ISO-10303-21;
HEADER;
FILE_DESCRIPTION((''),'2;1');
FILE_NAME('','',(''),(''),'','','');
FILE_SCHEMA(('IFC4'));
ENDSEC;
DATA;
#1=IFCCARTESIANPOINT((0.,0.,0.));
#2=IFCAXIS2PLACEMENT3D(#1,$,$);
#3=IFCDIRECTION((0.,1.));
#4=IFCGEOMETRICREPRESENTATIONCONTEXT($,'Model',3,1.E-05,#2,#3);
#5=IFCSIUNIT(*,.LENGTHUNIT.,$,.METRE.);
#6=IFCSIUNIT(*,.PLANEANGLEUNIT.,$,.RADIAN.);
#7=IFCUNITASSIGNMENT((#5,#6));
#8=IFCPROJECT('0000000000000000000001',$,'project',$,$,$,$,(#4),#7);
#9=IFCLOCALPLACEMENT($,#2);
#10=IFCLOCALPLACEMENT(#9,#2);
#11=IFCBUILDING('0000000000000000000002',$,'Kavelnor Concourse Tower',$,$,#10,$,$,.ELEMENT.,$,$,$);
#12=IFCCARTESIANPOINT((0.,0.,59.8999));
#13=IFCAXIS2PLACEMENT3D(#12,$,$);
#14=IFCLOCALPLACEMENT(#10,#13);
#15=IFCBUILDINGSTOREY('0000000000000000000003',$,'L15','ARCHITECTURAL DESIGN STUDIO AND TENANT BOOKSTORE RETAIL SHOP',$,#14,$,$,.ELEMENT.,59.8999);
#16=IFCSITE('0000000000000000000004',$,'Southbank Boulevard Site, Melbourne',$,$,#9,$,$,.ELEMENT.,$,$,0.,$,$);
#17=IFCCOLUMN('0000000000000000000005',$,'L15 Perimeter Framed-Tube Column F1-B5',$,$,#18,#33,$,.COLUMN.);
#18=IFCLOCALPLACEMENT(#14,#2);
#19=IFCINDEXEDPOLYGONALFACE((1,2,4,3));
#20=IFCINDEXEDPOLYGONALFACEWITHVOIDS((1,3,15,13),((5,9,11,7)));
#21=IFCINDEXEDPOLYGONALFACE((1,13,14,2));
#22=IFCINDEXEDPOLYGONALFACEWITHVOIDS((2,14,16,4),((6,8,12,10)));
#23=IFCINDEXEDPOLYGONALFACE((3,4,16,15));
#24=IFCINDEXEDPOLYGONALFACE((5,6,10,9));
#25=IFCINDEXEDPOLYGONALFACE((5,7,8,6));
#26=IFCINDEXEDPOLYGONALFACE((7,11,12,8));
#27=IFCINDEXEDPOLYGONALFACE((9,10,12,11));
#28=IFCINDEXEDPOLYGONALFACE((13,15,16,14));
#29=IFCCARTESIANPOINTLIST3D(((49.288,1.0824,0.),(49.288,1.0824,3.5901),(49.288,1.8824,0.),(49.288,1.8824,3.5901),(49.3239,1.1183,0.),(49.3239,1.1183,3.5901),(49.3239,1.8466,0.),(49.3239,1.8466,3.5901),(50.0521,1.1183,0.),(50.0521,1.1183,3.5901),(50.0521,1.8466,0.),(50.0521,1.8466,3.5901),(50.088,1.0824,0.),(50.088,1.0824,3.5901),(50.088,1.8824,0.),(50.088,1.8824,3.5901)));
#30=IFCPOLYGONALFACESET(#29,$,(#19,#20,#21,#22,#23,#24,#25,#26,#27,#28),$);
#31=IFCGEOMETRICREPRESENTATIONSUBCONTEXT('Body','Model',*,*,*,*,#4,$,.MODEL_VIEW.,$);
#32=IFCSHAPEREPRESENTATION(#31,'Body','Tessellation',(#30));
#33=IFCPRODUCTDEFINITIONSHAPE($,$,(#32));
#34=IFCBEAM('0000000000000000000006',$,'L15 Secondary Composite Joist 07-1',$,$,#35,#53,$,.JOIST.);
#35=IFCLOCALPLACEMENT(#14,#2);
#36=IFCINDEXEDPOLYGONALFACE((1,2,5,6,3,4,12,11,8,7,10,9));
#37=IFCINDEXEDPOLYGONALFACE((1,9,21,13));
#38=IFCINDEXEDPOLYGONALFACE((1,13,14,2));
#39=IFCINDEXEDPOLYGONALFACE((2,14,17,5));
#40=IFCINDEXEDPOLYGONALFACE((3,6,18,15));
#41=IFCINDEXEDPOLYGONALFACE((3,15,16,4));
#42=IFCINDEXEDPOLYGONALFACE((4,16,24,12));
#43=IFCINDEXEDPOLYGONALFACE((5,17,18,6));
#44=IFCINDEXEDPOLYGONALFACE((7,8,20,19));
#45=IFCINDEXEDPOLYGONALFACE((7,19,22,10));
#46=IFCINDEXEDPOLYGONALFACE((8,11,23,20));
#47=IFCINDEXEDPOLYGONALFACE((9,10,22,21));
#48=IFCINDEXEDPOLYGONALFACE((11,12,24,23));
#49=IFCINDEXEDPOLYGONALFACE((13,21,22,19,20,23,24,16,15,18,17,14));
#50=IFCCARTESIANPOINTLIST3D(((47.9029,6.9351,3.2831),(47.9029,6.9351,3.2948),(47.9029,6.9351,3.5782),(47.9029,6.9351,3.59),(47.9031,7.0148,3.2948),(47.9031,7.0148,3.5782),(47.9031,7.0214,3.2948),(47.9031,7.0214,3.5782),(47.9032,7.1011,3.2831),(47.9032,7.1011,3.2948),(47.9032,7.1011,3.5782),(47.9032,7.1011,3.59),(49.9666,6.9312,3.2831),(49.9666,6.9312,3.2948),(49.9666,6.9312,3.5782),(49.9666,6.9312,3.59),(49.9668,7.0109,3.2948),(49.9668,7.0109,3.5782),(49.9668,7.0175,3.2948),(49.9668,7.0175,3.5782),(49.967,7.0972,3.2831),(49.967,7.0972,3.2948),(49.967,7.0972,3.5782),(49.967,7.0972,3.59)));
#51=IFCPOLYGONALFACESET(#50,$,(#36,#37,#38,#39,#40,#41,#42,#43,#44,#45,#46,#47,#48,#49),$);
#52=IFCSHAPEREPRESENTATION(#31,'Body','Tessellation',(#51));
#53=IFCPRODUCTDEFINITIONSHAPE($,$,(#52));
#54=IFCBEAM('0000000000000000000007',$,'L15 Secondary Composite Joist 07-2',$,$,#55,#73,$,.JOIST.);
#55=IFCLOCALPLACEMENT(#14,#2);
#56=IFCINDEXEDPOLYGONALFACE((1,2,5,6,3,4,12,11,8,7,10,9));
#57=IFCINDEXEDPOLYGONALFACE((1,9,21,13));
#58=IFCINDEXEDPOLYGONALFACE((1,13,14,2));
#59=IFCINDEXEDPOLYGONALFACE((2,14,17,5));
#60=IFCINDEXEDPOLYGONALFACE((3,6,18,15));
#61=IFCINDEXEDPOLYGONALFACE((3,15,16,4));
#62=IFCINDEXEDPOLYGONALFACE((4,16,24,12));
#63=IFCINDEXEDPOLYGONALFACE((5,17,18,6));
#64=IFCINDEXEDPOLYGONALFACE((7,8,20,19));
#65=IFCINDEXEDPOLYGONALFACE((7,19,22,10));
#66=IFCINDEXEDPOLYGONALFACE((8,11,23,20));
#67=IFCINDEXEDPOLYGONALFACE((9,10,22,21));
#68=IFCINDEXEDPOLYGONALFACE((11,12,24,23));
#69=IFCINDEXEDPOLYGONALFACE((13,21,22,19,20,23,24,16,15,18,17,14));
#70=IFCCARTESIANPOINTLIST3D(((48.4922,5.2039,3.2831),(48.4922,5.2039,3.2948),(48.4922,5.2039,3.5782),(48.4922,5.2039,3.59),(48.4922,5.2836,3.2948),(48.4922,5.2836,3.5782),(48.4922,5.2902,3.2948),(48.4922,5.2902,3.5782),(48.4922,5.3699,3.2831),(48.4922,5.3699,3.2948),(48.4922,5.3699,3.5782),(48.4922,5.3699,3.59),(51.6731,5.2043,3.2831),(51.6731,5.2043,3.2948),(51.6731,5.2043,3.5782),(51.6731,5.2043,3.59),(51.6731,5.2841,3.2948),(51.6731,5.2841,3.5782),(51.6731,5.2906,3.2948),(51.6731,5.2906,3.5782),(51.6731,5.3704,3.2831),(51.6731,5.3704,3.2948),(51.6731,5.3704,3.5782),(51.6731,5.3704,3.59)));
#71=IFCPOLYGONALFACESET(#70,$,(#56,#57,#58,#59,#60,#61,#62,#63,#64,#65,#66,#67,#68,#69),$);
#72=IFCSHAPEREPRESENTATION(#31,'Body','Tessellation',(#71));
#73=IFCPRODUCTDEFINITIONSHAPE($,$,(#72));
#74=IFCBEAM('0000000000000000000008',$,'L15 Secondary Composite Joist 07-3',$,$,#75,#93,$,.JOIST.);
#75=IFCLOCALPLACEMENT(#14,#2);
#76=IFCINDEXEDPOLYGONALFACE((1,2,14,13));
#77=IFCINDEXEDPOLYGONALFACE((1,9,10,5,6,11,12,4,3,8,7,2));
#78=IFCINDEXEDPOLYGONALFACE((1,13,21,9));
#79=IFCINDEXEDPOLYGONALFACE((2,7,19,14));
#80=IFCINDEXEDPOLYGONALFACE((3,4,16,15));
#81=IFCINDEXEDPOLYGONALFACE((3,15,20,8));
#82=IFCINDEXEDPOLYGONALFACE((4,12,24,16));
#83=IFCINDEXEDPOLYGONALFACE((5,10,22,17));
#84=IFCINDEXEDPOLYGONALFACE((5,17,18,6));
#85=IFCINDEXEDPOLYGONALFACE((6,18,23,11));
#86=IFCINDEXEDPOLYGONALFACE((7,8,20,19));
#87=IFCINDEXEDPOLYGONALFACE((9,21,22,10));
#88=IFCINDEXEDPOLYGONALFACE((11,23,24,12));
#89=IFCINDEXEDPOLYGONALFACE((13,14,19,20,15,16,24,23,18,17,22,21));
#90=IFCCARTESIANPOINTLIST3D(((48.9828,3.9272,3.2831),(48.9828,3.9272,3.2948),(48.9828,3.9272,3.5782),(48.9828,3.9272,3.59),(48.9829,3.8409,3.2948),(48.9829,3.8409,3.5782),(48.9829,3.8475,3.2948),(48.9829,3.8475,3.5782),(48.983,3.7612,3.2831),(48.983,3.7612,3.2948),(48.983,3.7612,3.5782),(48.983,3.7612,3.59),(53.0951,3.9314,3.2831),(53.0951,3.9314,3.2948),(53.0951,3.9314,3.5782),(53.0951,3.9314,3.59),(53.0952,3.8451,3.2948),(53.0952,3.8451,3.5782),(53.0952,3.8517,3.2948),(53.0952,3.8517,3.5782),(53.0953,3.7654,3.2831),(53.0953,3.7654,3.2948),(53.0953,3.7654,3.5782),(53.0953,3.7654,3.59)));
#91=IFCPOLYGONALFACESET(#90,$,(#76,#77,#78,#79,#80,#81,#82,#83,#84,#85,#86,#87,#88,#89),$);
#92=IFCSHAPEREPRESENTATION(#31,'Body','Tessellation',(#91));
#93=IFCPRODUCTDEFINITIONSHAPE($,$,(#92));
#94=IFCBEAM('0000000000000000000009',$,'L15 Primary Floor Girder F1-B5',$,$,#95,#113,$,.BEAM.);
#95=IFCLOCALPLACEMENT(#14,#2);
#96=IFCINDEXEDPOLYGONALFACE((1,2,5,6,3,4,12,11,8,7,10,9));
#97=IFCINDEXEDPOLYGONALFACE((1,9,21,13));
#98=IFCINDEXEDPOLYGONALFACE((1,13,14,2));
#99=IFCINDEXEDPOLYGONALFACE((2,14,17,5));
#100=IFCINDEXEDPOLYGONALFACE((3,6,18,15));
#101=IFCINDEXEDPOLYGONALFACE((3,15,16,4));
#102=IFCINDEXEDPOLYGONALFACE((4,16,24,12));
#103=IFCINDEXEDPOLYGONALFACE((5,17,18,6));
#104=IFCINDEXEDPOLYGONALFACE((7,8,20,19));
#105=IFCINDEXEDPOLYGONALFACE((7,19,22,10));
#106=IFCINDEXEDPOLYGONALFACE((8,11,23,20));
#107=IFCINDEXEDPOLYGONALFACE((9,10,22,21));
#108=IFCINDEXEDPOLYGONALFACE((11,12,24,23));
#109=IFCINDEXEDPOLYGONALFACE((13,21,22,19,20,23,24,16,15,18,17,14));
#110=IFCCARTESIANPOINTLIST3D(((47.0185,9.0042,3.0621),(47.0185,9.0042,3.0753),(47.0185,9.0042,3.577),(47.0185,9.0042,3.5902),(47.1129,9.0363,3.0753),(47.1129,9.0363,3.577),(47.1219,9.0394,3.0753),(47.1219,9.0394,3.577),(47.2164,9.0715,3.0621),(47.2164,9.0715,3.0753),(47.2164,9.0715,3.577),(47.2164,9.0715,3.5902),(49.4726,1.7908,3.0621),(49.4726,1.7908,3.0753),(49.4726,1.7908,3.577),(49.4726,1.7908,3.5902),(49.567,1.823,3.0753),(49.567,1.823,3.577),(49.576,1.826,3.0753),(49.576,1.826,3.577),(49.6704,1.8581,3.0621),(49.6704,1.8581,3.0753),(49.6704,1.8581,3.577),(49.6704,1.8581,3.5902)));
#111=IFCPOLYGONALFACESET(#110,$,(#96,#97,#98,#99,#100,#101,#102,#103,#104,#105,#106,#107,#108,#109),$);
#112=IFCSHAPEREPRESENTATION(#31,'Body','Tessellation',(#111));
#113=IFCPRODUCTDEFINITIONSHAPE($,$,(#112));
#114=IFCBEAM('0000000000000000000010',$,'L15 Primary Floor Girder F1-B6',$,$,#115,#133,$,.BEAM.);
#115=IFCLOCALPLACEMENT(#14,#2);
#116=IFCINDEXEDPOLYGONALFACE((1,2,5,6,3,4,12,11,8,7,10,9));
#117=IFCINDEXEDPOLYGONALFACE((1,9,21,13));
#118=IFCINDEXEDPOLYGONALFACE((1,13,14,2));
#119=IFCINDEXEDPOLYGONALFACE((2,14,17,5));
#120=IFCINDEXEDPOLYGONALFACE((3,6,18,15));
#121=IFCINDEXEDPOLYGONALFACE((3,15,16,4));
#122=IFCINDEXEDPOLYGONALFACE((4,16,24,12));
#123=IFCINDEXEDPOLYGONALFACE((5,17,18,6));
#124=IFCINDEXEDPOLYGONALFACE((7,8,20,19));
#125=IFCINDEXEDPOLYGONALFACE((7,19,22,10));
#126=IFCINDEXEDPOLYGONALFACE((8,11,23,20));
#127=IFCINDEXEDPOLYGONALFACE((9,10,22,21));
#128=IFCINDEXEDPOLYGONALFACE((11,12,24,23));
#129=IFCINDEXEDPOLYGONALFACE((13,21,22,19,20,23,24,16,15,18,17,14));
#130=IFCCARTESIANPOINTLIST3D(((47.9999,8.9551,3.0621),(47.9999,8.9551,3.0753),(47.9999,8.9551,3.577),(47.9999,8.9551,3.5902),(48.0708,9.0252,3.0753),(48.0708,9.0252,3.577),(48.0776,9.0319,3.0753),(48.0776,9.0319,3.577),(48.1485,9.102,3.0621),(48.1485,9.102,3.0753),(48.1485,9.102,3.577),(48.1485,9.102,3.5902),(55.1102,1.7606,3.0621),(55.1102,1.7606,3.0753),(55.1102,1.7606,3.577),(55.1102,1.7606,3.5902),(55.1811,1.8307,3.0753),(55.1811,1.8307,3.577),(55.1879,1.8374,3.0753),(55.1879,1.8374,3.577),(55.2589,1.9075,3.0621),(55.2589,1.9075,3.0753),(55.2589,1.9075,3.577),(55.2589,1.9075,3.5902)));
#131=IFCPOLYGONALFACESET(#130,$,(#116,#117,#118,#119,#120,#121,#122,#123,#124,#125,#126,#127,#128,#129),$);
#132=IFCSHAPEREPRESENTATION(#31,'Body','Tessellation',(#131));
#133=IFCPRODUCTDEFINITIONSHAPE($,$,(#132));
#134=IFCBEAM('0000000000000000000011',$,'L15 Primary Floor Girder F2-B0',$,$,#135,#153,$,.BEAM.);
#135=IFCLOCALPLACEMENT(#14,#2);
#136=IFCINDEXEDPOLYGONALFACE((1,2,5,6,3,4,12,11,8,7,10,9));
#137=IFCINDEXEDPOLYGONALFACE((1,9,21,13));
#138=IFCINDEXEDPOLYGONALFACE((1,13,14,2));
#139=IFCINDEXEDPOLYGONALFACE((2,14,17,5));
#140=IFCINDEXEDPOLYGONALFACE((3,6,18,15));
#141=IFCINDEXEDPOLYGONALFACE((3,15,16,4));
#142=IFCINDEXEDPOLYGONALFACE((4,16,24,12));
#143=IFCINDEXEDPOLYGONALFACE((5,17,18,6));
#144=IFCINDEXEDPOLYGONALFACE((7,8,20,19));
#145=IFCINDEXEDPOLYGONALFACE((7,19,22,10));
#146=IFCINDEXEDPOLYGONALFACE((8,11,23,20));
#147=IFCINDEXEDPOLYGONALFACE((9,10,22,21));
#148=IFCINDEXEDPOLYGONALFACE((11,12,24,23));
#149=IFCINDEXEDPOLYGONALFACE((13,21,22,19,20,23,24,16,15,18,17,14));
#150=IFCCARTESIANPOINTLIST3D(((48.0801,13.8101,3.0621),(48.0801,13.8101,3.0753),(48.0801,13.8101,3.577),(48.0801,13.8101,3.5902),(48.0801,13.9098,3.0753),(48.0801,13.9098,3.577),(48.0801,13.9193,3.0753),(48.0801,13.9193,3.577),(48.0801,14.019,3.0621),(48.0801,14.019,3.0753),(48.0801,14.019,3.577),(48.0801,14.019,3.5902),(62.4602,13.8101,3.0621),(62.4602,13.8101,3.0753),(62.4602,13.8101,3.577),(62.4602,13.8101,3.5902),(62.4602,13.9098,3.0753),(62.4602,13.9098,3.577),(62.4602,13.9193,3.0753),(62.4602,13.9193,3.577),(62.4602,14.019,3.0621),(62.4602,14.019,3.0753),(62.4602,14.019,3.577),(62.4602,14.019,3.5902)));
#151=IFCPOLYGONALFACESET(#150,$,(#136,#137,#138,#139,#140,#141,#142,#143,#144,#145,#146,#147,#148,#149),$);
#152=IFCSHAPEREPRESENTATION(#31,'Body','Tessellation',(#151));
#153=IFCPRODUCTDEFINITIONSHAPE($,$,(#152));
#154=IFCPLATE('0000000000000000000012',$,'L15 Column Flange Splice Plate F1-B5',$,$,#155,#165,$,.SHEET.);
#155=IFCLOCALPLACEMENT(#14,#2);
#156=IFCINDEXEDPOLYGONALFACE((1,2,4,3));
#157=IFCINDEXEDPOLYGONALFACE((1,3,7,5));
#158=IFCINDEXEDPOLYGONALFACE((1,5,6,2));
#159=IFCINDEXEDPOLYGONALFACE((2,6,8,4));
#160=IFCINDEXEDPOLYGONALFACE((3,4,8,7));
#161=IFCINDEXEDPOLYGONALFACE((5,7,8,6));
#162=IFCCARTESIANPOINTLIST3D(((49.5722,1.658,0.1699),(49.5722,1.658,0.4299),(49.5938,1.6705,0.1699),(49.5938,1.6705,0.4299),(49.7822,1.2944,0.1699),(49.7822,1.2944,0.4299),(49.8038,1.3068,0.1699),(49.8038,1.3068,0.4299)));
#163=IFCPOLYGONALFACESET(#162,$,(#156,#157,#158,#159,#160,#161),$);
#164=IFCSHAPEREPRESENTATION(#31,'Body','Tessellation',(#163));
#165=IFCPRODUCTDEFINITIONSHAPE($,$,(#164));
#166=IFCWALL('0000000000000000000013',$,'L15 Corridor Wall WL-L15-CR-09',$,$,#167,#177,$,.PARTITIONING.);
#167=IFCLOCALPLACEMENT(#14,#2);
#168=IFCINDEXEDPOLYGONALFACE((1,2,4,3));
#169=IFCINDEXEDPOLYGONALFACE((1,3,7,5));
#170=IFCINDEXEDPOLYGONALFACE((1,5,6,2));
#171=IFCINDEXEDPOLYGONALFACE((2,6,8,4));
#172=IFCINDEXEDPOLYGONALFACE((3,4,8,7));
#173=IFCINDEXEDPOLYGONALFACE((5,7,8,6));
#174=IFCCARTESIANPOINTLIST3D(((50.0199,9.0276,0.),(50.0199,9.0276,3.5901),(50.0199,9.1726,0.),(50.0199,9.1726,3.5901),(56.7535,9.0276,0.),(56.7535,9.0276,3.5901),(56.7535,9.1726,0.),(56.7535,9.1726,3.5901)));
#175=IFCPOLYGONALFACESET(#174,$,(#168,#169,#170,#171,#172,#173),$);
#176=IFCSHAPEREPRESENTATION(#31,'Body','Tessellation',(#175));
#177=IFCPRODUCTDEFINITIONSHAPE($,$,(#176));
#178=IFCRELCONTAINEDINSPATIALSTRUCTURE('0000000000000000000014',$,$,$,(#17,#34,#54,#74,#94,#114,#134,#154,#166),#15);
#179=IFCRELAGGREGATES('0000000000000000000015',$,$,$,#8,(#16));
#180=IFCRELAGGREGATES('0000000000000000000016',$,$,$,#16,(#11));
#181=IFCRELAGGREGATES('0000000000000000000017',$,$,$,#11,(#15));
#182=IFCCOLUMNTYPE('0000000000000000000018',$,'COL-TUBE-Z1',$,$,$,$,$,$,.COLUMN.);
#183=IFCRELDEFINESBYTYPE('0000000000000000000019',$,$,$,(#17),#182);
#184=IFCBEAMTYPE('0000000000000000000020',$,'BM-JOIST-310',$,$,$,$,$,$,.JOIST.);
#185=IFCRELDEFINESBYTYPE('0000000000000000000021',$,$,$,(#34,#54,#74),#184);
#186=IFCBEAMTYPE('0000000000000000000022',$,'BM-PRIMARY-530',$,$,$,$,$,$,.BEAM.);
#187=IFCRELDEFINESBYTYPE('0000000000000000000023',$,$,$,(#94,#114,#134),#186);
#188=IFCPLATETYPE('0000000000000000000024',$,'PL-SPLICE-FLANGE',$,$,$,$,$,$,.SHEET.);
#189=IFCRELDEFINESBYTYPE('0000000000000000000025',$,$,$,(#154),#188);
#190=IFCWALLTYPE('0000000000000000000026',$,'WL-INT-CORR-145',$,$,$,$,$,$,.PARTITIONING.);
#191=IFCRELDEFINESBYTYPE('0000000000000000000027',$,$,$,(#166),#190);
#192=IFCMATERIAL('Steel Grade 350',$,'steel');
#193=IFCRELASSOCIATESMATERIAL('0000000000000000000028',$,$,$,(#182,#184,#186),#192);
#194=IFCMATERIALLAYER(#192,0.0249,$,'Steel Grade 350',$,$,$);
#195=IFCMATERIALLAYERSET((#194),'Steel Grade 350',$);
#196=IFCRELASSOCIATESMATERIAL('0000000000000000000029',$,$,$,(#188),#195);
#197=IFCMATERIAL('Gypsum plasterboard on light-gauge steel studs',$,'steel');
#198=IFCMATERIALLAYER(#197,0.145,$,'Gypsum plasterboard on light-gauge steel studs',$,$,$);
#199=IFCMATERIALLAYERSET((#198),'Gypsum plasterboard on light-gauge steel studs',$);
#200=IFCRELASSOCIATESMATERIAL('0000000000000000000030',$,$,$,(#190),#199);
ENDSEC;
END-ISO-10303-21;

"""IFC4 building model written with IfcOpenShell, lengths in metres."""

from ifc_helpers import new_model, si_unit, direction, frame, frame_2d, origin, origin_2d, place, context, subcontext, project, spatial, rectangle, hollow_rectangle, i_section, extrude, material, layer, layer_set, material_profile, profile_set, type_object, element, save


model = new_model("IFC4")

# Units and contexts
model_context = context("Model", 3, precision=1e-05, world=origin(), true_north=direction((0.0, 1.0)))
body_context = subcontext(model_context, "Body", "Model", "MODEL_VIEW")
ifc_project = project(units=[si_unit("LENGTHUNIT", "METRE"), si_unit("PLANEANGLEUNIT", "RADIAN")], contexts=[model_context])

# Site, building, storey
site_placement = place(None, origin())
site = spatial("IfcSite", under=ifc_project, at=site_placement, Name="Southbank Boulevard Site, Melbourne", CompositionType="ELEMENT", RefElevation=0.0)
building_placement = place(site_placement, origin())
building = spatial("IfcBuilding", under=site, at=building_placement, Name="Kavelnor Concourse Tower", CompositionType="ELEMENT")
storey_placement = place(building_placement, frame((0.0, 0.0, 59.8999)))
storey = spatial("IfcBuildingStorey", under=building, at=storey_placement, Name="L15", Description="ARCHITECTURAL DESIGN STUDIO AND TENANT BOOKSTORE RETAIL SHOP", CompositionType="ELEMENT", Elevation=59.8999)

# Column
ifc_material_1 = material(Name="Steel Grade 350", Category="steel")
ifc_material_profile_1 = material_profile(ifc_material_1, hollow_rectangle(XDim=0.8, YDim=0.8, WallThickness=0.0359, at=origin_2d()), Name="SHS 800x800x36")
ifc_profile_set_1 = profile_set([ifc_material_profile_1], Name="Steel Grade 350")
column_type = type_object("IfcColumnType", Name="COL-TUBE-Z1", PredefinedType="COLUMN", material=ifc_profile_set_1)
column_placement = place(storey_placement, frame((49.688, 1.4824, 0.0), z_axis=(0.0, 0.0, 1.0), x_axis=(1.0, 0.0, 0.0)))
element("IfcColumn", 1, at=column_placement, inside=storey, type_object=column_type, Name="L15 Perimeter Framed-Tube Column F1-B5", PredefinedType="COLUMN", context=body_context, shape_type="SweptSolid", body=[
    extrude(hollow_rectangle(XDim=0.8, YDim=0.8, WallThickness=0.0359, at=origin_2d()), origin(), (0.0, 0.0, 1.0), 3.5901),
])

# Beams
ifc_material_profile_2 = material_profile(ifc_material_1, i_section(OverallWidth=0.166, OverallDepth=0.3069, WebThickness=0.0066, FlangeThickness=0.0117, at=origin_2d()), Name="310UB46")
ifc_profile_set_2 = profile_set([ifc_material_profile_2], Name="Steel Grade 350")
beam_type_1 = type_object("IfcBeamType", Name="BM-JOIST-310", PredefinedType="JOIST", material=ifc_profile_set_2)
beam_1_placement = place(storey_placement, frame((47.9031, 7.0181, 3.4365), z_axis=(0.999998, -0.001893, 0.0), x_axis=(0.001893, 0.999998, 0.0)))
element("IfcBeam", 2, at=beam_1_placement, inside=storey, type_object=beam_type_1, Name="L15 Secondary Composite Joist 07-1", PredefinedType="JOIST", context=body_context, shape_type="SweptSolid", body=[
    extrude(i_section(OverallWidth=0.166, OverallDepth=0.3069, WebThickness=0.0066, FlangeThickness=0.0117, at=origin_2d()), origin(), (0.0, 0.0, 1.0), 2.0637),
])
beam_2_placement = place(storey_placement, frame((48.4922, 5.2869, 3.4365), z_axis=(1.0, 0.000154, 0.0), x_axis=(-0.000154, 1.0, 0.0)))
element("IfcBeam", 3, at=beam_2_placement, inside=storey, type_object=beam_type_1, Name="L15 Secondary Composite Joist 07-2", PredefinedType="JOIST", context=body_context, shape_type="SweptSolid", body=[
    extrude(i_section(OverallWidth=0.166, OverallDepth=0.3069, WebThickness=0.0066, FlangeThickness=0.0117, at=origin_2d()), origin(), (0.0, 0.0, 1.0), 3.1809),
])
beam_3_placement = place(storey_placement, frame((48.9829, 3.8442, 3.4365), z_axis=(0.999999, 0.001009, 0.0), x_axis=(-0.001009, 0.999999, 0.0)))
element("IfcBeam", 4, at=beam_3_placement, inside=storey, type_object=beam_type_1, Name="L15 Secondary Composite Joist 07-3", PredefinedType="JOIST", context=body_context, shape_type="SweptSolid", body=[
    extrude(i_section(OverallWidth=0.166, OverallDepth=0.3069, WebThickness=0.0066, FlangeThickness=0.0117, at=origin_2d()), origin(), (0.0, 0.0, 1.0), 4.1123),
])
ifc_material_profile_3 = material_profile(ifc_material_1, i_section(OverallWidth=0.209, OverallDepth=0.5281, WebThickness=0.0095, FlangeThickness=0.0132, at=origin_2d()), Name="530UB82")
ifc_profile_set_3 = profile_set([ifc_material_profile_3], Name="Steel Grade 350")
beam_type_2 = type_object("IfcBeamType", Name="BM-PRIMARY-530", PredefinedType="BEAM", material=ifc_profile_set_3)
beam_4_placement = place(storey_placement, frame((47.1174, 9.0378, 3.3262), z_axis=(0.322085, -0.946711, 0.0), x_axis=(0.946711, 0.322085, 0.0)))
element("IfcBeam", 5, at=beam_4_placement, inside=storey, type_object=beam_type_2, Name="L15 Primary Floor Girder F1-B5", PredefinedType="BEAM", context=body_context, shape_type="SweptSolid", body=[
    extrude(i_section(OverallWidth=0.209, OverallDepth=0.5281, WebThickness=0.0095, FlangeThickness=0.0132, at=origin_2d()), origin(), (0.0, 0.0, 1.0), 7.6194),
])
beam_5_placement = place(storey_placement, frame((48.0742, 9.0286, 3.3262), z_axis=(0.702931, -0.711258, 0.0), x_axis=(0.711258, 0.702931, 0.0)))
element("IfcBeam", 6, at=beam_5_placement, inside=storey, type_object=beam_type_2, Name="L15 Primary Floor Girder F1-B6", PredefinedType="BEAM", context=body_context, shape_type="SweptSolid", body=[
    extrude(i_section(OverallWidth=0.209, OverallDepth=0.5281, WebThickness=0.0095, FlangeThickness=0.0132, at=origin_2d()), origin(), (0.0, 0.0, 1.0), 10.1152),
])
beam_6_placement = place(storey_placement, frame((48.0801, 13.9146, 3.3262), z_axis=(1.0, 0.0, 0.0), x_axis=(0.0, 1.0, 0.0)))
element("IfcBeam", 7, at=beam_6_placement, inside=storey, type_object=beam_type_2, Name="L15 Primary Floor Girder F2-B0", PredefinedType="BEAM", context=body_context, shape_type="SweptSolid", body=[
    extrude(i_section(OverallWidth=0.209, OverallDepth=0.5281, WebThickness=0.0095, FlangeThickness=0.0132, at=origin_2d()), origin(), (0.0, 0.0, 1.0), 14.3801),
])

# Plate
ifc_layer_1 = layer(ifc_material_1, 0.0249, Name="Steel Grade 350")
ifc_layer_set_1 = layer_set([ifc_layer_1], Name="Steel Grade 350")
plate_type = type_object("IfcPlateType", Name="PL-SPLICE-FLANGE", PredefinedType="SHEET", material=ifc_layer_set_1)
plate_placement = place(storey_placement, frame((49.688, 1.4824, 0.1699), z_axis=(0.0, 0.0, 1.0), x_axis=(-0.5, 0.866025, 0.0)))
element("IfcPlate", 8, at=plate_placement, inside=storey, type_object=plate_type, Name="L15 Column Flange Splice Plate F1-B5", PredefinedType="SHEET", context=body_context, shape_type="SweptSolid", body=[
    extrude(rectangle(XDim=0.4199, YDim=0.0249, at=origin_2d()), origin(), (0.0, 0.0, 1.0), 0.26),
])

# Wall
ifc_material_2 = material(Name="Gypsum plasterboard on light-gauge steel studs", Category="steel")
ifc_layer_2 = layer(ifc_material_2, 0.145, Name="Gypsum plasterboard on light-gauge steel studs")
ifc_layer_set_2 = layer_set([ifc_layer_2], Name="Gypsum plasterboard on light-gauge steel studs")
wall_type_1 = type_object("IfcWallType", Name="WL-INT-CORR-145", PredefinedType="PARTITIONING", material=ifc_layer_set_2)
wall_1_placement = place(storey_placement, frame((50.02, 9.1001, 0.0), z_axis=(0.0, 0.0, 1.0), x_axis=(1.0, 0.0, 0.0)))
element("IfcWall", 9, at=wall_1_placement, inside=storey, type_object=wall_type_1, Name="L15 Corridor Wall WL-L15-CR-09", PredefinedType="PARTITIONING", context=body_context, shape_type="SweptSolid", body=[
    extrude(rectangle(XDim=6.7336, YDim=0.145, at=frame_2d((3.3667, 0.0))), origin(), (0.0, 0.0, 1.0), 3.5901),
])

save(model, "model.ifc")
